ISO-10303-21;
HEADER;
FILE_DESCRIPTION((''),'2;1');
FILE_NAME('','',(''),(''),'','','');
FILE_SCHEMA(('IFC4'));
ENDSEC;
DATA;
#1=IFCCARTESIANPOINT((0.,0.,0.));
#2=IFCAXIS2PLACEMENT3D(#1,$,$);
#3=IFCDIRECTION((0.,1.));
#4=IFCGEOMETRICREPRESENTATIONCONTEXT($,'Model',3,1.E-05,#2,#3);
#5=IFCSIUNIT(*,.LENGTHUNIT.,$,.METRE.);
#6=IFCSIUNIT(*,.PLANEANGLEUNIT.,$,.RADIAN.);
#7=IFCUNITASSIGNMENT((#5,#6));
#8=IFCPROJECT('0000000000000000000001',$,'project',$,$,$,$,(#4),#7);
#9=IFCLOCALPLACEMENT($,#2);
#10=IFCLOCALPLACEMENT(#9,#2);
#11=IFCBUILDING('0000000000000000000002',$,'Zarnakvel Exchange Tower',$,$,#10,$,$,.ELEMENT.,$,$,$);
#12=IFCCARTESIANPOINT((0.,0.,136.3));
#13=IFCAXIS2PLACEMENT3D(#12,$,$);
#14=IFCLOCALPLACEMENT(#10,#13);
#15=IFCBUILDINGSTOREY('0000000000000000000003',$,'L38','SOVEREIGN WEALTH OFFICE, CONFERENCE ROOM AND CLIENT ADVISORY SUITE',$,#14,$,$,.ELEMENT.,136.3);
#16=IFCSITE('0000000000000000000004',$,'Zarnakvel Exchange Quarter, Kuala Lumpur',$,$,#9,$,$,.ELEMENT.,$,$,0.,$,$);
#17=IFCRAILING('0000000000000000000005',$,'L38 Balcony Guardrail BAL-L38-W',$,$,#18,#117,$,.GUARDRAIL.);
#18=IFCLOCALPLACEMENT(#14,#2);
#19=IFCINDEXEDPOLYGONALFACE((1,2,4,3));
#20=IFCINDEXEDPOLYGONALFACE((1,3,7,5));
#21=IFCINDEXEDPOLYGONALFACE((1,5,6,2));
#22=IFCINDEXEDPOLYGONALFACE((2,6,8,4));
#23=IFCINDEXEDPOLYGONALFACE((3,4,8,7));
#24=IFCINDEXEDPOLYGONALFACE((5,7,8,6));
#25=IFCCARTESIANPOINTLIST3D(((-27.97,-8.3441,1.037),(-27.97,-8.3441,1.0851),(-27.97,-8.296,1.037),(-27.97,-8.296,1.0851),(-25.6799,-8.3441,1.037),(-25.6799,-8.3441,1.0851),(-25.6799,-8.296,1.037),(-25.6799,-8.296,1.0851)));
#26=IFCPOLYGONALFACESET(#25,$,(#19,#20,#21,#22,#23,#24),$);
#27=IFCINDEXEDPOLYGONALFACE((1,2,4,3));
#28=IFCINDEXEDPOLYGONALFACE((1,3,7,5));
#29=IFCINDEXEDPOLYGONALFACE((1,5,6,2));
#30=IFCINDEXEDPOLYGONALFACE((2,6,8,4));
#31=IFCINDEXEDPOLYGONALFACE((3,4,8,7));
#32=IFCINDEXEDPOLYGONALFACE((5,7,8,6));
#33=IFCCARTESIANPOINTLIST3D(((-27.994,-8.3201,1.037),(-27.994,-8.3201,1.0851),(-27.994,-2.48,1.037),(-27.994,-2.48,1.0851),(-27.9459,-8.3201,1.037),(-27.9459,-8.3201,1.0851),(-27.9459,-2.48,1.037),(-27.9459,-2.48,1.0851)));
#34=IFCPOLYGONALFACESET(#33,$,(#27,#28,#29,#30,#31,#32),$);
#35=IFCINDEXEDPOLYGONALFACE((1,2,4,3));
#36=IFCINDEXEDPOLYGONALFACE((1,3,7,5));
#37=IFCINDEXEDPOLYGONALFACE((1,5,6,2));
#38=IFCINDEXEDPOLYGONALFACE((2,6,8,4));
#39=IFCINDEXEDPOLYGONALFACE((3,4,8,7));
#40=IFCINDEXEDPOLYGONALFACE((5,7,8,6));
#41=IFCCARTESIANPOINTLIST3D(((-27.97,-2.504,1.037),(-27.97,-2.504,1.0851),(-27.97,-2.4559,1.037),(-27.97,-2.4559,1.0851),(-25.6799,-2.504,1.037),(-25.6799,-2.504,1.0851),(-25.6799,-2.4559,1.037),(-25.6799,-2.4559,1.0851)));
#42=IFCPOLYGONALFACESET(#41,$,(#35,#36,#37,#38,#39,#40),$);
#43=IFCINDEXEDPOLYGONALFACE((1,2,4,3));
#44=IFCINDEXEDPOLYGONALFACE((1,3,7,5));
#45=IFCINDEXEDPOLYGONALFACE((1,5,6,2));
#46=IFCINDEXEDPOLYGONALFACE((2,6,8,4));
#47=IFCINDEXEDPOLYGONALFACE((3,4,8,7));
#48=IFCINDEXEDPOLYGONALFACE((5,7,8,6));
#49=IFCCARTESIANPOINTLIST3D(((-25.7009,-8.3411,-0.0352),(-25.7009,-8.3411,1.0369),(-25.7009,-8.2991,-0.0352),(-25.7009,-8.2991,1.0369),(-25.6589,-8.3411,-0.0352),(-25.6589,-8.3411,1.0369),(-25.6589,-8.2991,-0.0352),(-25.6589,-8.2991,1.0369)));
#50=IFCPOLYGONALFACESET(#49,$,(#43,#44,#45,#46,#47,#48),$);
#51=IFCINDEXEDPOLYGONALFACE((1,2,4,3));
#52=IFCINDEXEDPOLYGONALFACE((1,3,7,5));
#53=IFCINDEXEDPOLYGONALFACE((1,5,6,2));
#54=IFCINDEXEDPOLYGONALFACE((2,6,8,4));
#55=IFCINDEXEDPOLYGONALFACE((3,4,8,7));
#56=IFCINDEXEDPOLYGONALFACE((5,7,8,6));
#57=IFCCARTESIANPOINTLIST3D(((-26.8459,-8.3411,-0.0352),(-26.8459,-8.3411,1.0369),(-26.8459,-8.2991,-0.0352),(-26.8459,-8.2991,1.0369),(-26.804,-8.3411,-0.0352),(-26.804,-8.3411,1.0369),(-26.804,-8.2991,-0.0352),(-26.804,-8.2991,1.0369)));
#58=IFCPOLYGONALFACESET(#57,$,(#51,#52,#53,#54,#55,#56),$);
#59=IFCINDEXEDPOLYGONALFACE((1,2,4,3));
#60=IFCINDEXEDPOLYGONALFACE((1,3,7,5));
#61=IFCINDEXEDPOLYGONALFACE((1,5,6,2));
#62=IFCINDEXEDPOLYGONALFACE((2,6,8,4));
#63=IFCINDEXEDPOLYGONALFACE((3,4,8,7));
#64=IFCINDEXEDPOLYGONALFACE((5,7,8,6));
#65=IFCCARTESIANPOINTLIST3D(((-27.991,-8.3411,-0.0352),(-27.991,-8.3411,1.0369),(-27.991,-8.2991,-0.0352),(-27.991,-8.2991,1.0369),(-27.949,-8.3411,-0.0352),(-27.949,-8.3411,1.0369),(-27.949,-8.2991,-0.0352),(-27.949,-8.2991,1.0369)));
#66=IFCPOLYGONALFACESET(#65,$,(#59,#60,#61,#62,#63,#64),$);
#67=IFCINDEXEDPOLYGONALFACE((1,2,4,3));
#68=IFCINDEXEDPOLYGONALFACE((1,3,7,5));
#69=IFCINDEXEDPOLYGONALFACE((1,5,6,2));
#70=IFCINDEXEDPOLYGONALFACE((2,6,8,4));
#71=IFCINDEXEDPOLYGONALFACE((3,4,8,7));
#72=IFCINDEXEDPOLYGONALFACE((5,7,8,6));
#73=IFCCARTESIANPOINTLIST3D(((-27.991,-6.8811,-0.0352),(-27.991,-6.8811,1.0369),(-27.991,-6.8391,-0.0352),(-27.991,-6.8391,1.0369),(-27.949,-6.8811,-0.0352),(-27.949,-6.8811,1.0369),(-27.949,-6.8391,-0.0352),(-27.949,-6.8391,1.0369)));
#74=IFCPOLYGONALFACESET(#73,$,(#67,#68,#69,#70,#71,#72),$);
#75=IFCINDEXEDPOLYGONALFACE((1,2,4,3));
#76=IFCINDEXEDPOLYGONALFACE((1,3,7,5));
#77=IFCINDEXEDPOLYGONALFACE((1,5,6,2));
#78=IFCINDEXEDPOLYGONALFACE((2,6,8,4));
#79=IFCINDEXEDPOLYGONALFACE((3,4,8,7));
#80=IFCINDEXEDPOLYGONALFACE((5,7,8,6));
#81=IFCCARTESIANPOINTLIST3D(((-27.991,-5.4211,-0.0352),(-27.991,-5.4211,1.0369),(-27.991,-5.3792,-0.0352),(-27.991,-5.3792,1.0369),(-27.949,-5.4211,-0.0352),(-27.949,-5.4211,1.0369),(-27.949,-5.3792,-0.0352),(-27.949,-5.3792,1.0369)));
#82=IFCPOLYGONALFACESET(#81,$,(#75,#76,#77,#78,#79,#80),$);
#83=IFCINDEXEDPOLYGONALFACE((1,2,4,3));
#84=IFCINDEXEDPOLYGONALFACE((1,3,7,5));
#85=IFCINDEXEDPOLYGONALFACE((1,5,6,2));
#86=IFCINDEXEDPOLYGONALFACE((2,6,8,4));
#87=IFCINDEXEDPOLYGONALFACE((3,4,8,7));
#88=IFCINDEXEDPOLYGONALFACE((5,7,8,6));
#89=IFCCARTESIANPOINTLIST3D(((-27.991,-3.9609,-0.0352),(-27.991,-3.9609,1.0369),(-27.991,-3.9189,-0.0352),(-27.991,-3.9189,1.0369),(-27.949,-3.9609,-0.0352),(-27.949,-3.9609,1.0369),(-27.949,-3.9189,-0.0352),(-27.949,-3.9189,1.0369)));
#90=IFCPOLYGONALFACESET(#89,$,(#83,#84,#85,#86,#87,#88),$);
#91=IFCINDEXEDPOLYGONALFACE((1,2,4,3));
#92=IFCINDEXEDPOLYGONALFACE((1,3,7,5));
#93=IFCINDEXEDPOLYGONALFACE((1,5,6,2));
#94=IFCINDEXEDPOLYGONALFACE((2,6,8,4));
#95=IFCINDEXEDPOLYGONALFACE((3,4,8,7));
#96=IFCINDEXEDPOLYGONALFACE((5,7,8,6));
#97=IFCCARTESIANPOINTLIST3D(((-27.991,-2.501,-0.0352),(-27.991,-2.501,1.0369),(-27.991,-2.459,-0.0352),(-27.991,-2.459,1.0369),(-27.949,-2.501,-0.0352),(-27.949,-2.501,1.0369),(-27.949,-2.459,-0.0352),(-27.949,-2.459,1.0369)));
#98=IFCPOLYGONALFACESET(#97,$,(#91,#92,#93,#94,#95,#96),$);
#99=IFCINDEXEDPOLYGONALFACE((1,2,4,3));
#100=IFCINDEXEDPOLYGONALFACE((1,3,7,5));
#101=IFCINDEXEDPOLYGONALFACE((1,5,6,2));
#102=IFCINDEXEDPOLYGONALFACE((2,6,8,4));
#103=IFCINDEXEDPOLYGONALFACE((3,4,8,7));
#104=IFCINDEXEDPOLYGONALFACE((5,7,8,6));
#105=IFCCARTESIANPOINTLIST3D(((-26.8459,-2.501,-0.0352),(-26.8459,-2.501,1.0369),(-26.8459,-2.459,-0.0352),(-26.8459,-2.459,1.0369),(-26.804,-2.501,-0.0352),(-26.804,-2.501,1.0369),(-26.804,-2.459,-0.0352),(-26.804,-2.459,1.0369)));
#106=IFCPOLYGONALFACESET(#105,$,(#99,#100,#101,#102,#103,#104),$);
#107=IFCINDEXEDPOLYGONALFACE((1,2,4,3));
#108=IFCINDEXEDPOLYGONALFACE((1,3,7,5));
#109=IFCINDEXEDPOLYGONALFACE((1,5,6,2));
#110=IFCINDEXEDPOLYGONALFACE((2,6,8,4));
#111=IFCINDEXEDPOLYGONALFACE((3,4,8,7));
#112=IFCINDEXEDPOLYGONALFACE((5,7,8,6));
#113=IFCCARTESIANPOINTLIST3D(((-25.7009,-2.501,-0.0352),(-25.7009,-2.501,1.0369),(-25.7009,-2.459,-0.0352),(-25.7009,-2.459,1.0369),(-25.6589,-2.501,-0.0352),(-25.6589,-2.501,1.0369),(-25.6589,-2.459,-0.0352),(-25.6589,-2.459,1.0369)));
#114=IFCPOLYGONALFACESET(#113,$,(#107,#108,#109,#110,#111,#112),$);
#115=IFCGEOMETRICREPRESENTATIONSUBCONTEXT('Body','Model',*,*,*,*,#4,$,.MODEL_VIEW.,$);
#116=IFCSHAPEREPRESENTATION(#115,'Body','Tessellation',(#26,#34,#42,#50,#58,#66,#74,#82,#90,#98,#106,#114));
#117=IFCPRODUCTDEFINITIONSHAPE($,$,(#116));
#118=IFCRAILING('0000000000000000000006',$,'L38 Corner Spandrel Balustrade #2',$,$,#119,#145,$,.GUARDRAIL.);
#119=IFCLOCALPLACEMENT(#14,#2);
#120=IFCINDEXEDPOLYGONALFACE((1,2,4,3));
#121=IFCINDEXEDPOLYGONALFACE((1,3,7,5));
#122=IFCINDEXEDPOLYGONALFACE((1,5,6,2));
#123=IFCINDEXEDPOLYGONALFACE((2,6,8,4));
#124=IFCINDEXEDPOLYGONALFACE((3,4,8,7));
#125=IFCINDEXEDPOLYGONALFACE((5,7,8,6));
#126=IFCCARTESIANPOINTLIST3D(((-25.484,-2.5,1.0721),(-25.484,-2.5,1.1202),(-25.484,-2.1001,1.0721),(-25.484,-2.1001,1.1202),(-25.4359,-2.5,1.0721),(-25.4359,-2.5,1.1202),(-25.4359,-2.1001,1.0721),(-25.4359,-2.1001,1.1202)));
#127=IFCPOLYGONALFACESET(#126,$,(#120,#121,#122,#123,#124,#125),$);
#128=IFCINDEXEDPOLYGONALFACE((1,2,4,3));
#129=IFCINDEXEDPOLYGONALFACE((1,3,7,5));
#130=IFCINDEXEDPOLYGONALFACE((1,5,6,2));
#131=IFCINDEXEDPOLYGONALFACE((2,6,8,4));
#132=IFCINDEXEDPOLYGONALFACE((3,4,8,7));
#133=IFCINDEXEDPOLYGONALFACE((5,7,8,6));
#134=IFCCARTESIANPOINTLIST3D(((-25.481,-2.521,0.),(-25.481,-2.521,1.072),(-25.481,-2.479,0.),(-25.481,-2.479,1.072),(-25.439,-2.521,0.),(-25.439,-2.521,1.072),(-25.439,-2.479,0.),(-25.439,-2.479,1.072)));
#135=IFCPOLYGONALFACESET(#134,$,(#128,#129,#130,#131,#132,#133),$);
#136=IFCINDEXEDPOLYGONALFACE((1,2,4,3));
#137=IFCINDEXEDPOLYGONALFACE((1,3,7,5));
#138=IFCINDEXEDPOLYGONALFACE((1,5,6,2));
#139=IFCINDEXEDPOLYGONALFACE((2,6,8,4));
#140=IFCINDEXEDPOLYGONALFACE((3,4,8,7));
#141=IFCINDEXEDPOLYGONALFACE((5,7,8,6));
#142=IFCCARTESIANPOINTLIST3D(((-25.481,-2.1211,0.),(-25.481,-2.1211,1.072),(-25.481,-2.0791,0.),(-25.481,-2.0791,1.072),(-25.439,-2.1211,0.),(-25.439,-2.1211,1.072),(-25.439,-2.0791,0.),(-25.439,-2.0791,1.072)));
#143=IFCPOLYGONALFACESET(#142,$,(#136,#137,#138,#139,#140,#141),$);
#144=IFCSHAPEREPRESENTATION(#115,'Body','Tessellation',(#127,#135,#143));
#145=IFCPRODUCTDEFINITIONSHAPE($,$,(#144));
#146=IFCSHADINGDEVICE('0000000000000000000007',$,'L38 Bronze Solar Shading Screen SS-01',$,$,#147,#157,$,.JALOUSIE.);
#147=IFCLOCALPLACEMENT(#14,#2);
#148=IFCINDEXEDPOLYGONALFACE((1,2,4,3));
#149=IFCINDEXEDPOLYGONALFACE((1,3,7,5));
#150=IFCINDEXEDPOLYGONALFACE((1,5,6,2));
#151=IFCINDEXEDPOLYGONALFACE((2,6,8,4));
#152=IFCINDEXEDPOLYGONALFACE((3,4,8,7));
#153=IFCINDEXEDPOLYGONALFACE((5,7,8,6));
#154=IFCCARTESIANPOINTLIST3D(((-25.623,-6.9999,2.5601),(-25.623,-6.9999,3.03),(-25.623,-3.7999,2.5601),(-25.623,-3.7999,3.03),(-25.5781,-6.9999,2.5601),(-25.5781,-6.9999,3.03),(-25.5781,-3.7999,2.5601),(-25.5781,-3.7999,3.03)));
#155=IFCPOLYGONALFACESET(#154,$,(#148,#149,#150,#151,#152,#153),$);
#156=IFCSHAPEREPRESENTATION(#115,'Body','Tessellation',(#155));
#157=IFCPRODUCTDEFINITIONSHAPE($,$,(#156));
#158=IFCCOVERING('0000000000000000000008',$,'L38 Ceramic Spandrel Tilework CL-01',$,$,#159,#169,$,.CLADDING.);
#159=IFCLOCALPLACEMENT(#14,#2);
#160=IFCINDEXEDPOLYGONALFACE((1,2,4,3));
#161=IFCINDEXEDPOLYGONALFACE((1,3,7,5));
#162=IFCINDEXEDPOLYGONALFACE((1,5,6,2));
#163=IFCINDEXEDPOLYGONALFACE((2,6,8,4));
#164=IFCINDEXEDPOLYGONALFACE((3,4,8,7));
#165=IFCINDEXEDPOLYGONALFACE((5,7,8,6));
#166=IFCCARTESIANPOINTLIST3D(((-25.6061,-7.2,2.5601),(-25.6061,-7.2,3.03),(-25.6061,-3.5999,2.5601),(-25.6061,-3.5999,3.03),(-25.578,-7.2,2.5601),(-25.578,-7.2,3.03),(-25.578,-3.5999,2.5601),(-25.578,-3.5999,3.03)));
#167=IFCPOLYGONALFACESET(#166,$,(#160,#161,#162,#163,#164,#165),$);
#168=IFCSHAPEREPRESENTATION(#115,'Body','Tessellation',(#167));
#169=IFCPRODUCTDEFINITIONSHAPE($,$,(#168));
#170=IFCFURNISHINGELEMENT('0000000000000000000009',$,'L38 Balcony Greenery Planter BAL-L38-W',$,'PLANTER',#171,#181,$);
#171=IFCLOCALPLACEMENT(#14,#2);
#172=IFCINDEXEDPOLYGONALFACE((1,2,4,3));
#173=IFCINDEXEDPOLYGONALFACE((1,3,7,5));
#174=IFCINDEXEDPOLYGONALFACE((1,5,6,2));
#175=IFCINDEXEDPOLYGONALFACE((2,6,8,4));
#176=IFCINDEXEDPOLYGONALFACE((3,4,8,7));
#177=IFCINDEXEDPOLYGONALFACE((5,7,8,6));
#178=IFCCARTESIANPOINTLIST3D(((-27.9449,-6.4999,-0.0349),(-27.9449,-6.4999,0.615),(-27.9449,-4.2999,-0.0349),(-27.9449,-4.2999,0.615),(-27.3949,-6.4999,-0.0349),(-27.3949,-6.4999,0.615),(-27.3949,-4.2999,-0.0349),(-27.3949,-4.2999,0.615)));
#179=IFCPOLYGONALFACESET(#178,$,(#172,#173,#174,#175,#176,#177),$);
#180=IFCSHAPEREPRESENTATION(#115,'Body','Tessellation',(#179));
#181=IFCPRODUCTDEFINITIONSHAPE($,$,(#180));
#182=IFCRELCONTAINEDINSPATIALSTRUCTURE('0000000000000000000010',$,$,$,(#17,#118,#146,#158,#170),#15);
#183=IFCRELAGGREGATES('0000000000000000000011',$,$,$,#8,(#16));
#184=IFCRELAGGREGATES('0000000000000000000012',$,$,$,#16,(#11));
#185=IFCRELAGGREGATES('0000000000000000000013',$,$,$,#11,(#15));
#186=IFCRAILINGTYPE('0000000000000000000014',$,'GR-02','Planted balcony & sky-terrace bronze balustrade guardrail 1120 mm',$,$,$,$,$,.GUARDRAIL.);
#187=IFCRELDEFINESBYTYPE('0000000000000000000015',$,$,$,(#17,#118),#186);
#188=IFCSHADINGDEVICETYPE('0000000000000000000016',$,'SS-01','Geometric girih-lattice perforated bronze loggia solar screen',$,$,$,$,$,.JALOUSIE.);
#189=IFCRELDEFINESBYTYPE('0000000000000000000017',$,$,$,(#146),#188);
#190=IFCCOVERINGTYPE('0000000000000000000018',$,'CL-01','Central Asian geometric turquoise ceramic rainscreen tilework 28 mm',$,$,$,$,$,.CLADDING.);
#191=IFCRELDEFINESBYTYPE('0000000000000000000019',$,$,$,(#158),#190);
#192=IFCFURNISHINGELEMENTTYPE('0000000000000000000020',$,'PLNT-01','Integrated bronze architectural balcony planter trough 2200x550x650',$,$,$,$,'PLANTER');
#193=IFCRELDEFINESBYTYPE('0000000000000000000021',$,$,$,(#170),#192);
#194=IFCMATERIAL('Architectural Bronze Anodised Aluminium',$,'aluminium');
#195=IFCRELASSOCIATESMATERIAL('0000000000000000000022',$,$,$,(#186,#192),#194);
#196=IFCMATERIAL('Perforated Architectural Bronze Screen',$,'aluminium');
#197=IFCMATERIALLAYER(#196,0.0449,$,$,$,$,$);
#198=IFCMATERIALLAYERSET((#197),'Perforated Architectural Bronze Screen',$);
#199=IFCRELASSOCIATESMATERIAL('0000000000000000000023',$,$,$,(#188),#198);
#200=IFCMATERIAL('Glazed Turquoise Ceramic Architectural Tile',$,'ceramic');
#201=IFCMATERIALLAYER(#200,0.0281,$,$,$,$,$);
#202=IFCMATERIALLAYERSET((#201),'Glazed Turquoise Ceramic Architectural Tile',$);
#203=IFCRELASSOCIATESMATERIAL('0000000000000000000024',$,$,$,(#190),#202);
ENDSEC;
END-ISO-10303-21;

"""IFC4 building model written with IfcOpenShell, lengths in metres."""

from ifc_helpers import new_model, si_unit, direction, frame, origin, origin_2d, place, context, subcontext, project, spatial, rectangle, extrude, source, transform, mapped, material, layer, layer_set, type_object, element, save


model = new_model("IFC4")

# Units and contexts
model_context = context("Model", 3, precision=1e-05, world=origin(), true_north=direction((0.0, 1.0)))
body_context = subcontext(model_context, "Body", "Model", "MODEL_VIEW")
ifc_project = project(units=[si_unit("LENGTHUNIT", "METRE"), si_unit("PLANEANGLEUNIT", "RADIAN")], contexts=[model_context])

# Site, building, storey
site_placement = place(None, origin())
site = spatial("IfcSite", under=ifc_project, at=site_placement, Name="Zarnakvel Exchange Quarter, Kuala Lumpur", CompositionType="ELEMENT", RefElevation=0.0)
building_placement = place(site_placement, origin())
building = spatial("IfcBuilding", under=site, at=building_placement, Name="Zarnakvel Exchange Tower", CompositionType="ELEMENT")
storey_placement = place(building_placement, frame((0.0, 0.0, 136.3)))
storey = spatial("IfcBuildingStorey", under=building, at=storey_placement, Name="L38", Description="SOVEREIGN WEALTH OFFICE, CONFERENCE ROOM AND CLIENT ADVISORY SUITE", CompositionType="ELEMENT", Elevation=136.3)

# Shared definitions
ifc_material_1 = material(Name="Architectural Bronze Anodised Aluminium", Category="aluminium")

# Railings
railing_type = type_object("IfcRailingType", Name="GR-02", Description="Planted balcony & sky-terrace bronze balustrade guardrail 1120 mm", PredefinedType="GUARDRAIL", material=ifc_material_1)
railing_1_placement = place(storey_placement, frame((-25.6799, -8.3201, -0.0352)))
element("IfcRailing", 1, at=railing_1_placement, inside=storey, type_object=railing_type, Name="L38 Balcony Guardrail BAL-L38-W", PredefinedType="GUARDRAIL", context=body_context, shape_type="SweptSolid", body=[
    extrude(rectangle(XDim=0.0481, YDim=0.0481, at=origin_2d()), frame((0.0, 0.0, 1.0962), z_axis=(-1.0, 0.0, 0.0), x_axis=(0.0, -1.0, 0.0)), (0.0, 0.0, 1.0), 2.29),
    extrude(rectangle(XDim=0.0481, YDim=0.0481, at=origin_2d()), frame((-2.29, 0.0, 1.0962), z_axis=(0.0, 1.0, 0.0), x_axis=(-1.0, 0.0, 0.0)), (0.0, 0.0, 1.0), 5.8401),
    extrude(rectangle(XDim=0.0481, YDim=0.0481, at=origin_2d()), frame((-2.29, 5.8401, 1.0962), z_axis=(1.0, 0.0, 0.0), x_axis=(0.0, 1.0, 0.0)), (0.0, 0.0, 1.0), 2.29),
    extrude(rectangle(XDim=0.042, YDim=0.042, at=origin_2d()), origin(), (0.0, 0.0, 1.0), 1.072),
    extrude(rectangle(XDim=0.042, YDim=0.042, at=origin_2d()), frame((-1.145, 0.0, 0.0)), (0.0, 0.0, 1.0), 1.072),
    extrude(rectangle(XDim=0.042, YDim=0.042, at=origin_2d()), frame((-2.29, 0.0, 0.0)), (0.0, 0.0, 1.0), 1.072),
    extrude(rectangle(XDim=0.042, YDim=0.042, at=origin_2d()), frame((-2.29, 1.46, 0.0)), (0.0, 0.0, 1.0), 1.072),
    extrude(rectangle(XDim=0.042, YDim=0.042, at=origin_2d()), frame((-2.29, 2.9199, 0.0)), (0.0, 0.0, 1.0), 1.072),
    extrude(rectangle(XDim=0.042, YDim=0.042, at=origin_2d()), frame((-2.29, 4.3801, 0.0)), (0.0, 0.0, 1.0), 1.072),
    extrude(rectangle(XDim=0.042, YDim=0.042, at=origin_2d()), frame((-2.29, 5.8401, 0.0)), (0.0, 0.0, 1.0), 1.072),
    extrude(rectangle(XDim=0.042, YDim=0.042, at=origin_2d()), frame((-1.145, 5.8401, 0.0)), (0.0, 0.0, 1.0), 1.072),
    extrude(rectangle(XDim=0.042, YDim=0.042, at=origin_2d()), frame((0.0, 5.8401, 0.0)), (0.0, 0.0, 1.0), 1.072),
])
railing_2_placement = place(storey_placement, frame((-25.46, -2.5, 0.0)))
element("IfcRailing", 2, at=railing_2_placement, inside=storey, type_object=railing_type, Name="L38 Corner Spandrel Balustrade #2", PredefinedType="GUARDRAIL", context=body_context, shape_type="SweptSolid", body=[
    extrude(rectangle(XDim=0.0481, YDim=0.0481, at=origin_2d()), frame((0.0, 0.0, 1.0962), z_axis=(0.0, 1.0, 0.0), x_axis=(-1.0, 0.0, 0.0)), (0.0, 0.0, 1.0), 0.3999),
    extrude(rectangle(XDim=0.042, YDim=0.042, at=origin_2d()), origin(), (0.0, 0.0, 1.0), 1.072),
    extrude(rectangle(XDim=0.042, YDim=0.042, at=origin_2d()), frame((0.0, 0.3999, 0.0)), (0.0, 0.0, 1.0), 1.072),
])

# Shading device
ifc_material_2 = material(Name="Perforated Architectural Bronze Screen", Category="aluminium")
ifc_layer_1 = layer(ifc_material_2, 0.0449)
ifc_layer_set_1 = layer_set([ifc_layer_1], Name="Perforated Architectural Bronze Screen")
shading_device_type = type_object("IfcShadingDeviceType", Name="SS-01", Description="Geometric girih-lattice perforated bronze loggia solar screen", PredefinedType="JALOUSIE", material=ifc_layer_set_1)
shared_shape_1 = source(origin(), body_context, "Body", "SweptSolid", [
    extrude(rectangle(XDim=3.2, YDim=0.0449, at=origin_2d()), origin(), (0.0, 0.0, 1.0), 0.47),
])
shading_device_placement = place(storey_placement, frame((-25.6006, -5.3999, 2.5601), z_axis=(0.0, 0.0, 1.0), x_axis=(0.0, 1.0, 0.0)))
element("IfcShadingDevice", 3, at=shading_device_placement, inside=storey, type_object=shading_device_type, Name="L38 Bronze Solar Shading Screen SS-01", PredefinedType="JALOUSIE", context=body_context, shape_type="MappedRepresentation", body=[
    mapped(shared_shape_1, transform((0.0, 0.0, 0.0), x_axis=(1.0, 0.0, 0.0), y_axis=(0.0, 1.0, 0.0), z_axis=(0.0, 0.0, 1.0), scale=1.0)),
])

# Covering
ifc_material_3 = material(Name="Glazed Turquoise Ceramic Architectural Tile", Category="ceramic")
ifc_layer_2 = layer(ifc_material_3, 0.0281)
ifc_layer_set_2 = layer_set([ifc_layer_2], Name="Glazed Turquoise Ceramic Architectural Tile")
covering_type = type_object("IfcCoveringType", Name="CL-01", Description="Central Asian geometric turquoise ceramic rainscreen tilework 28 mm", PredefinedType="CLADDING", material=ifc_layer_set_2)
shared_shape_2 = source(origin(), body_context, "Body", "SweptSolid", [
    extrude(rectangle(XDim=3.6001, YDim=0.0281, at=origin_2d()), origin(), (0.0, 0.0, 1.0), 0.47),
])
covering_placement = place(storey_placement, frame((-25.592, -5.3999, 2.5601), z_axis=(0.0, 0.0, 1.0), x_axis=(0.0, 1.0, 0.0)))
element("IfcCovering", 4, at=covering_placement, inside=storey, type_object=covering_type, Name="L38 Ceramic Spandrel Tilework CL-01", PredefinedType="CLADDING", context=body_context, shape_type="MappedRepresentation", body=[
    mapped(shared_shape_2, transform((0.0, 0.0, 0.0), x_axis=(1.0, 0.0, 0.0), y_axis=(0.0, 1.0, 0.0), z_axis=(0.0, 0.0, 1.0), scale=1.0)),
])

# Furnishing element
furnishing_element_type = type_object("IfcFurnishingElementType", Name="PLNT-01", Description="Integrated bronze architectural balcony planter trough 2200x550x650", ElementType="PLANTER", material=ifc_material_1)
shared_shape_3 = source(origin(), body_context, "Body", "SweptSolid", [
    extrude(rectangle(XDim=2.2, YDim=0.55, at=origin_2d()), origin(), (0.0, 0.0, 1.0), 0.6499),
])
furnishing_placement = place(storey_placement, frame((-27.6699, -5.3999, -0.0349), z_axis=(0.0, 0.0, 1.0), x_axis=(0.0, 1.0, 0.0)))
element("IfcFurnishingElement", 5, at=furnishing_placement, inside=storey, type_object=furnishing_element_type, Name="L38 Balcony Greenery Planter BAL-L38-W", ObjectType="PLANTER", context=body_context, shape_type="MappedRepresentation", body=[
    mapped(shared_shape_3, transform((0.0, 0.0, 0.0), x_axis=(1.0, 0.0, 0.0), y_axis=(0.0, 1.0, 0.0), z_axis=(0.0, 0.0, 1.0), scale=1.0)),
])

save(model, "model.ifc")
